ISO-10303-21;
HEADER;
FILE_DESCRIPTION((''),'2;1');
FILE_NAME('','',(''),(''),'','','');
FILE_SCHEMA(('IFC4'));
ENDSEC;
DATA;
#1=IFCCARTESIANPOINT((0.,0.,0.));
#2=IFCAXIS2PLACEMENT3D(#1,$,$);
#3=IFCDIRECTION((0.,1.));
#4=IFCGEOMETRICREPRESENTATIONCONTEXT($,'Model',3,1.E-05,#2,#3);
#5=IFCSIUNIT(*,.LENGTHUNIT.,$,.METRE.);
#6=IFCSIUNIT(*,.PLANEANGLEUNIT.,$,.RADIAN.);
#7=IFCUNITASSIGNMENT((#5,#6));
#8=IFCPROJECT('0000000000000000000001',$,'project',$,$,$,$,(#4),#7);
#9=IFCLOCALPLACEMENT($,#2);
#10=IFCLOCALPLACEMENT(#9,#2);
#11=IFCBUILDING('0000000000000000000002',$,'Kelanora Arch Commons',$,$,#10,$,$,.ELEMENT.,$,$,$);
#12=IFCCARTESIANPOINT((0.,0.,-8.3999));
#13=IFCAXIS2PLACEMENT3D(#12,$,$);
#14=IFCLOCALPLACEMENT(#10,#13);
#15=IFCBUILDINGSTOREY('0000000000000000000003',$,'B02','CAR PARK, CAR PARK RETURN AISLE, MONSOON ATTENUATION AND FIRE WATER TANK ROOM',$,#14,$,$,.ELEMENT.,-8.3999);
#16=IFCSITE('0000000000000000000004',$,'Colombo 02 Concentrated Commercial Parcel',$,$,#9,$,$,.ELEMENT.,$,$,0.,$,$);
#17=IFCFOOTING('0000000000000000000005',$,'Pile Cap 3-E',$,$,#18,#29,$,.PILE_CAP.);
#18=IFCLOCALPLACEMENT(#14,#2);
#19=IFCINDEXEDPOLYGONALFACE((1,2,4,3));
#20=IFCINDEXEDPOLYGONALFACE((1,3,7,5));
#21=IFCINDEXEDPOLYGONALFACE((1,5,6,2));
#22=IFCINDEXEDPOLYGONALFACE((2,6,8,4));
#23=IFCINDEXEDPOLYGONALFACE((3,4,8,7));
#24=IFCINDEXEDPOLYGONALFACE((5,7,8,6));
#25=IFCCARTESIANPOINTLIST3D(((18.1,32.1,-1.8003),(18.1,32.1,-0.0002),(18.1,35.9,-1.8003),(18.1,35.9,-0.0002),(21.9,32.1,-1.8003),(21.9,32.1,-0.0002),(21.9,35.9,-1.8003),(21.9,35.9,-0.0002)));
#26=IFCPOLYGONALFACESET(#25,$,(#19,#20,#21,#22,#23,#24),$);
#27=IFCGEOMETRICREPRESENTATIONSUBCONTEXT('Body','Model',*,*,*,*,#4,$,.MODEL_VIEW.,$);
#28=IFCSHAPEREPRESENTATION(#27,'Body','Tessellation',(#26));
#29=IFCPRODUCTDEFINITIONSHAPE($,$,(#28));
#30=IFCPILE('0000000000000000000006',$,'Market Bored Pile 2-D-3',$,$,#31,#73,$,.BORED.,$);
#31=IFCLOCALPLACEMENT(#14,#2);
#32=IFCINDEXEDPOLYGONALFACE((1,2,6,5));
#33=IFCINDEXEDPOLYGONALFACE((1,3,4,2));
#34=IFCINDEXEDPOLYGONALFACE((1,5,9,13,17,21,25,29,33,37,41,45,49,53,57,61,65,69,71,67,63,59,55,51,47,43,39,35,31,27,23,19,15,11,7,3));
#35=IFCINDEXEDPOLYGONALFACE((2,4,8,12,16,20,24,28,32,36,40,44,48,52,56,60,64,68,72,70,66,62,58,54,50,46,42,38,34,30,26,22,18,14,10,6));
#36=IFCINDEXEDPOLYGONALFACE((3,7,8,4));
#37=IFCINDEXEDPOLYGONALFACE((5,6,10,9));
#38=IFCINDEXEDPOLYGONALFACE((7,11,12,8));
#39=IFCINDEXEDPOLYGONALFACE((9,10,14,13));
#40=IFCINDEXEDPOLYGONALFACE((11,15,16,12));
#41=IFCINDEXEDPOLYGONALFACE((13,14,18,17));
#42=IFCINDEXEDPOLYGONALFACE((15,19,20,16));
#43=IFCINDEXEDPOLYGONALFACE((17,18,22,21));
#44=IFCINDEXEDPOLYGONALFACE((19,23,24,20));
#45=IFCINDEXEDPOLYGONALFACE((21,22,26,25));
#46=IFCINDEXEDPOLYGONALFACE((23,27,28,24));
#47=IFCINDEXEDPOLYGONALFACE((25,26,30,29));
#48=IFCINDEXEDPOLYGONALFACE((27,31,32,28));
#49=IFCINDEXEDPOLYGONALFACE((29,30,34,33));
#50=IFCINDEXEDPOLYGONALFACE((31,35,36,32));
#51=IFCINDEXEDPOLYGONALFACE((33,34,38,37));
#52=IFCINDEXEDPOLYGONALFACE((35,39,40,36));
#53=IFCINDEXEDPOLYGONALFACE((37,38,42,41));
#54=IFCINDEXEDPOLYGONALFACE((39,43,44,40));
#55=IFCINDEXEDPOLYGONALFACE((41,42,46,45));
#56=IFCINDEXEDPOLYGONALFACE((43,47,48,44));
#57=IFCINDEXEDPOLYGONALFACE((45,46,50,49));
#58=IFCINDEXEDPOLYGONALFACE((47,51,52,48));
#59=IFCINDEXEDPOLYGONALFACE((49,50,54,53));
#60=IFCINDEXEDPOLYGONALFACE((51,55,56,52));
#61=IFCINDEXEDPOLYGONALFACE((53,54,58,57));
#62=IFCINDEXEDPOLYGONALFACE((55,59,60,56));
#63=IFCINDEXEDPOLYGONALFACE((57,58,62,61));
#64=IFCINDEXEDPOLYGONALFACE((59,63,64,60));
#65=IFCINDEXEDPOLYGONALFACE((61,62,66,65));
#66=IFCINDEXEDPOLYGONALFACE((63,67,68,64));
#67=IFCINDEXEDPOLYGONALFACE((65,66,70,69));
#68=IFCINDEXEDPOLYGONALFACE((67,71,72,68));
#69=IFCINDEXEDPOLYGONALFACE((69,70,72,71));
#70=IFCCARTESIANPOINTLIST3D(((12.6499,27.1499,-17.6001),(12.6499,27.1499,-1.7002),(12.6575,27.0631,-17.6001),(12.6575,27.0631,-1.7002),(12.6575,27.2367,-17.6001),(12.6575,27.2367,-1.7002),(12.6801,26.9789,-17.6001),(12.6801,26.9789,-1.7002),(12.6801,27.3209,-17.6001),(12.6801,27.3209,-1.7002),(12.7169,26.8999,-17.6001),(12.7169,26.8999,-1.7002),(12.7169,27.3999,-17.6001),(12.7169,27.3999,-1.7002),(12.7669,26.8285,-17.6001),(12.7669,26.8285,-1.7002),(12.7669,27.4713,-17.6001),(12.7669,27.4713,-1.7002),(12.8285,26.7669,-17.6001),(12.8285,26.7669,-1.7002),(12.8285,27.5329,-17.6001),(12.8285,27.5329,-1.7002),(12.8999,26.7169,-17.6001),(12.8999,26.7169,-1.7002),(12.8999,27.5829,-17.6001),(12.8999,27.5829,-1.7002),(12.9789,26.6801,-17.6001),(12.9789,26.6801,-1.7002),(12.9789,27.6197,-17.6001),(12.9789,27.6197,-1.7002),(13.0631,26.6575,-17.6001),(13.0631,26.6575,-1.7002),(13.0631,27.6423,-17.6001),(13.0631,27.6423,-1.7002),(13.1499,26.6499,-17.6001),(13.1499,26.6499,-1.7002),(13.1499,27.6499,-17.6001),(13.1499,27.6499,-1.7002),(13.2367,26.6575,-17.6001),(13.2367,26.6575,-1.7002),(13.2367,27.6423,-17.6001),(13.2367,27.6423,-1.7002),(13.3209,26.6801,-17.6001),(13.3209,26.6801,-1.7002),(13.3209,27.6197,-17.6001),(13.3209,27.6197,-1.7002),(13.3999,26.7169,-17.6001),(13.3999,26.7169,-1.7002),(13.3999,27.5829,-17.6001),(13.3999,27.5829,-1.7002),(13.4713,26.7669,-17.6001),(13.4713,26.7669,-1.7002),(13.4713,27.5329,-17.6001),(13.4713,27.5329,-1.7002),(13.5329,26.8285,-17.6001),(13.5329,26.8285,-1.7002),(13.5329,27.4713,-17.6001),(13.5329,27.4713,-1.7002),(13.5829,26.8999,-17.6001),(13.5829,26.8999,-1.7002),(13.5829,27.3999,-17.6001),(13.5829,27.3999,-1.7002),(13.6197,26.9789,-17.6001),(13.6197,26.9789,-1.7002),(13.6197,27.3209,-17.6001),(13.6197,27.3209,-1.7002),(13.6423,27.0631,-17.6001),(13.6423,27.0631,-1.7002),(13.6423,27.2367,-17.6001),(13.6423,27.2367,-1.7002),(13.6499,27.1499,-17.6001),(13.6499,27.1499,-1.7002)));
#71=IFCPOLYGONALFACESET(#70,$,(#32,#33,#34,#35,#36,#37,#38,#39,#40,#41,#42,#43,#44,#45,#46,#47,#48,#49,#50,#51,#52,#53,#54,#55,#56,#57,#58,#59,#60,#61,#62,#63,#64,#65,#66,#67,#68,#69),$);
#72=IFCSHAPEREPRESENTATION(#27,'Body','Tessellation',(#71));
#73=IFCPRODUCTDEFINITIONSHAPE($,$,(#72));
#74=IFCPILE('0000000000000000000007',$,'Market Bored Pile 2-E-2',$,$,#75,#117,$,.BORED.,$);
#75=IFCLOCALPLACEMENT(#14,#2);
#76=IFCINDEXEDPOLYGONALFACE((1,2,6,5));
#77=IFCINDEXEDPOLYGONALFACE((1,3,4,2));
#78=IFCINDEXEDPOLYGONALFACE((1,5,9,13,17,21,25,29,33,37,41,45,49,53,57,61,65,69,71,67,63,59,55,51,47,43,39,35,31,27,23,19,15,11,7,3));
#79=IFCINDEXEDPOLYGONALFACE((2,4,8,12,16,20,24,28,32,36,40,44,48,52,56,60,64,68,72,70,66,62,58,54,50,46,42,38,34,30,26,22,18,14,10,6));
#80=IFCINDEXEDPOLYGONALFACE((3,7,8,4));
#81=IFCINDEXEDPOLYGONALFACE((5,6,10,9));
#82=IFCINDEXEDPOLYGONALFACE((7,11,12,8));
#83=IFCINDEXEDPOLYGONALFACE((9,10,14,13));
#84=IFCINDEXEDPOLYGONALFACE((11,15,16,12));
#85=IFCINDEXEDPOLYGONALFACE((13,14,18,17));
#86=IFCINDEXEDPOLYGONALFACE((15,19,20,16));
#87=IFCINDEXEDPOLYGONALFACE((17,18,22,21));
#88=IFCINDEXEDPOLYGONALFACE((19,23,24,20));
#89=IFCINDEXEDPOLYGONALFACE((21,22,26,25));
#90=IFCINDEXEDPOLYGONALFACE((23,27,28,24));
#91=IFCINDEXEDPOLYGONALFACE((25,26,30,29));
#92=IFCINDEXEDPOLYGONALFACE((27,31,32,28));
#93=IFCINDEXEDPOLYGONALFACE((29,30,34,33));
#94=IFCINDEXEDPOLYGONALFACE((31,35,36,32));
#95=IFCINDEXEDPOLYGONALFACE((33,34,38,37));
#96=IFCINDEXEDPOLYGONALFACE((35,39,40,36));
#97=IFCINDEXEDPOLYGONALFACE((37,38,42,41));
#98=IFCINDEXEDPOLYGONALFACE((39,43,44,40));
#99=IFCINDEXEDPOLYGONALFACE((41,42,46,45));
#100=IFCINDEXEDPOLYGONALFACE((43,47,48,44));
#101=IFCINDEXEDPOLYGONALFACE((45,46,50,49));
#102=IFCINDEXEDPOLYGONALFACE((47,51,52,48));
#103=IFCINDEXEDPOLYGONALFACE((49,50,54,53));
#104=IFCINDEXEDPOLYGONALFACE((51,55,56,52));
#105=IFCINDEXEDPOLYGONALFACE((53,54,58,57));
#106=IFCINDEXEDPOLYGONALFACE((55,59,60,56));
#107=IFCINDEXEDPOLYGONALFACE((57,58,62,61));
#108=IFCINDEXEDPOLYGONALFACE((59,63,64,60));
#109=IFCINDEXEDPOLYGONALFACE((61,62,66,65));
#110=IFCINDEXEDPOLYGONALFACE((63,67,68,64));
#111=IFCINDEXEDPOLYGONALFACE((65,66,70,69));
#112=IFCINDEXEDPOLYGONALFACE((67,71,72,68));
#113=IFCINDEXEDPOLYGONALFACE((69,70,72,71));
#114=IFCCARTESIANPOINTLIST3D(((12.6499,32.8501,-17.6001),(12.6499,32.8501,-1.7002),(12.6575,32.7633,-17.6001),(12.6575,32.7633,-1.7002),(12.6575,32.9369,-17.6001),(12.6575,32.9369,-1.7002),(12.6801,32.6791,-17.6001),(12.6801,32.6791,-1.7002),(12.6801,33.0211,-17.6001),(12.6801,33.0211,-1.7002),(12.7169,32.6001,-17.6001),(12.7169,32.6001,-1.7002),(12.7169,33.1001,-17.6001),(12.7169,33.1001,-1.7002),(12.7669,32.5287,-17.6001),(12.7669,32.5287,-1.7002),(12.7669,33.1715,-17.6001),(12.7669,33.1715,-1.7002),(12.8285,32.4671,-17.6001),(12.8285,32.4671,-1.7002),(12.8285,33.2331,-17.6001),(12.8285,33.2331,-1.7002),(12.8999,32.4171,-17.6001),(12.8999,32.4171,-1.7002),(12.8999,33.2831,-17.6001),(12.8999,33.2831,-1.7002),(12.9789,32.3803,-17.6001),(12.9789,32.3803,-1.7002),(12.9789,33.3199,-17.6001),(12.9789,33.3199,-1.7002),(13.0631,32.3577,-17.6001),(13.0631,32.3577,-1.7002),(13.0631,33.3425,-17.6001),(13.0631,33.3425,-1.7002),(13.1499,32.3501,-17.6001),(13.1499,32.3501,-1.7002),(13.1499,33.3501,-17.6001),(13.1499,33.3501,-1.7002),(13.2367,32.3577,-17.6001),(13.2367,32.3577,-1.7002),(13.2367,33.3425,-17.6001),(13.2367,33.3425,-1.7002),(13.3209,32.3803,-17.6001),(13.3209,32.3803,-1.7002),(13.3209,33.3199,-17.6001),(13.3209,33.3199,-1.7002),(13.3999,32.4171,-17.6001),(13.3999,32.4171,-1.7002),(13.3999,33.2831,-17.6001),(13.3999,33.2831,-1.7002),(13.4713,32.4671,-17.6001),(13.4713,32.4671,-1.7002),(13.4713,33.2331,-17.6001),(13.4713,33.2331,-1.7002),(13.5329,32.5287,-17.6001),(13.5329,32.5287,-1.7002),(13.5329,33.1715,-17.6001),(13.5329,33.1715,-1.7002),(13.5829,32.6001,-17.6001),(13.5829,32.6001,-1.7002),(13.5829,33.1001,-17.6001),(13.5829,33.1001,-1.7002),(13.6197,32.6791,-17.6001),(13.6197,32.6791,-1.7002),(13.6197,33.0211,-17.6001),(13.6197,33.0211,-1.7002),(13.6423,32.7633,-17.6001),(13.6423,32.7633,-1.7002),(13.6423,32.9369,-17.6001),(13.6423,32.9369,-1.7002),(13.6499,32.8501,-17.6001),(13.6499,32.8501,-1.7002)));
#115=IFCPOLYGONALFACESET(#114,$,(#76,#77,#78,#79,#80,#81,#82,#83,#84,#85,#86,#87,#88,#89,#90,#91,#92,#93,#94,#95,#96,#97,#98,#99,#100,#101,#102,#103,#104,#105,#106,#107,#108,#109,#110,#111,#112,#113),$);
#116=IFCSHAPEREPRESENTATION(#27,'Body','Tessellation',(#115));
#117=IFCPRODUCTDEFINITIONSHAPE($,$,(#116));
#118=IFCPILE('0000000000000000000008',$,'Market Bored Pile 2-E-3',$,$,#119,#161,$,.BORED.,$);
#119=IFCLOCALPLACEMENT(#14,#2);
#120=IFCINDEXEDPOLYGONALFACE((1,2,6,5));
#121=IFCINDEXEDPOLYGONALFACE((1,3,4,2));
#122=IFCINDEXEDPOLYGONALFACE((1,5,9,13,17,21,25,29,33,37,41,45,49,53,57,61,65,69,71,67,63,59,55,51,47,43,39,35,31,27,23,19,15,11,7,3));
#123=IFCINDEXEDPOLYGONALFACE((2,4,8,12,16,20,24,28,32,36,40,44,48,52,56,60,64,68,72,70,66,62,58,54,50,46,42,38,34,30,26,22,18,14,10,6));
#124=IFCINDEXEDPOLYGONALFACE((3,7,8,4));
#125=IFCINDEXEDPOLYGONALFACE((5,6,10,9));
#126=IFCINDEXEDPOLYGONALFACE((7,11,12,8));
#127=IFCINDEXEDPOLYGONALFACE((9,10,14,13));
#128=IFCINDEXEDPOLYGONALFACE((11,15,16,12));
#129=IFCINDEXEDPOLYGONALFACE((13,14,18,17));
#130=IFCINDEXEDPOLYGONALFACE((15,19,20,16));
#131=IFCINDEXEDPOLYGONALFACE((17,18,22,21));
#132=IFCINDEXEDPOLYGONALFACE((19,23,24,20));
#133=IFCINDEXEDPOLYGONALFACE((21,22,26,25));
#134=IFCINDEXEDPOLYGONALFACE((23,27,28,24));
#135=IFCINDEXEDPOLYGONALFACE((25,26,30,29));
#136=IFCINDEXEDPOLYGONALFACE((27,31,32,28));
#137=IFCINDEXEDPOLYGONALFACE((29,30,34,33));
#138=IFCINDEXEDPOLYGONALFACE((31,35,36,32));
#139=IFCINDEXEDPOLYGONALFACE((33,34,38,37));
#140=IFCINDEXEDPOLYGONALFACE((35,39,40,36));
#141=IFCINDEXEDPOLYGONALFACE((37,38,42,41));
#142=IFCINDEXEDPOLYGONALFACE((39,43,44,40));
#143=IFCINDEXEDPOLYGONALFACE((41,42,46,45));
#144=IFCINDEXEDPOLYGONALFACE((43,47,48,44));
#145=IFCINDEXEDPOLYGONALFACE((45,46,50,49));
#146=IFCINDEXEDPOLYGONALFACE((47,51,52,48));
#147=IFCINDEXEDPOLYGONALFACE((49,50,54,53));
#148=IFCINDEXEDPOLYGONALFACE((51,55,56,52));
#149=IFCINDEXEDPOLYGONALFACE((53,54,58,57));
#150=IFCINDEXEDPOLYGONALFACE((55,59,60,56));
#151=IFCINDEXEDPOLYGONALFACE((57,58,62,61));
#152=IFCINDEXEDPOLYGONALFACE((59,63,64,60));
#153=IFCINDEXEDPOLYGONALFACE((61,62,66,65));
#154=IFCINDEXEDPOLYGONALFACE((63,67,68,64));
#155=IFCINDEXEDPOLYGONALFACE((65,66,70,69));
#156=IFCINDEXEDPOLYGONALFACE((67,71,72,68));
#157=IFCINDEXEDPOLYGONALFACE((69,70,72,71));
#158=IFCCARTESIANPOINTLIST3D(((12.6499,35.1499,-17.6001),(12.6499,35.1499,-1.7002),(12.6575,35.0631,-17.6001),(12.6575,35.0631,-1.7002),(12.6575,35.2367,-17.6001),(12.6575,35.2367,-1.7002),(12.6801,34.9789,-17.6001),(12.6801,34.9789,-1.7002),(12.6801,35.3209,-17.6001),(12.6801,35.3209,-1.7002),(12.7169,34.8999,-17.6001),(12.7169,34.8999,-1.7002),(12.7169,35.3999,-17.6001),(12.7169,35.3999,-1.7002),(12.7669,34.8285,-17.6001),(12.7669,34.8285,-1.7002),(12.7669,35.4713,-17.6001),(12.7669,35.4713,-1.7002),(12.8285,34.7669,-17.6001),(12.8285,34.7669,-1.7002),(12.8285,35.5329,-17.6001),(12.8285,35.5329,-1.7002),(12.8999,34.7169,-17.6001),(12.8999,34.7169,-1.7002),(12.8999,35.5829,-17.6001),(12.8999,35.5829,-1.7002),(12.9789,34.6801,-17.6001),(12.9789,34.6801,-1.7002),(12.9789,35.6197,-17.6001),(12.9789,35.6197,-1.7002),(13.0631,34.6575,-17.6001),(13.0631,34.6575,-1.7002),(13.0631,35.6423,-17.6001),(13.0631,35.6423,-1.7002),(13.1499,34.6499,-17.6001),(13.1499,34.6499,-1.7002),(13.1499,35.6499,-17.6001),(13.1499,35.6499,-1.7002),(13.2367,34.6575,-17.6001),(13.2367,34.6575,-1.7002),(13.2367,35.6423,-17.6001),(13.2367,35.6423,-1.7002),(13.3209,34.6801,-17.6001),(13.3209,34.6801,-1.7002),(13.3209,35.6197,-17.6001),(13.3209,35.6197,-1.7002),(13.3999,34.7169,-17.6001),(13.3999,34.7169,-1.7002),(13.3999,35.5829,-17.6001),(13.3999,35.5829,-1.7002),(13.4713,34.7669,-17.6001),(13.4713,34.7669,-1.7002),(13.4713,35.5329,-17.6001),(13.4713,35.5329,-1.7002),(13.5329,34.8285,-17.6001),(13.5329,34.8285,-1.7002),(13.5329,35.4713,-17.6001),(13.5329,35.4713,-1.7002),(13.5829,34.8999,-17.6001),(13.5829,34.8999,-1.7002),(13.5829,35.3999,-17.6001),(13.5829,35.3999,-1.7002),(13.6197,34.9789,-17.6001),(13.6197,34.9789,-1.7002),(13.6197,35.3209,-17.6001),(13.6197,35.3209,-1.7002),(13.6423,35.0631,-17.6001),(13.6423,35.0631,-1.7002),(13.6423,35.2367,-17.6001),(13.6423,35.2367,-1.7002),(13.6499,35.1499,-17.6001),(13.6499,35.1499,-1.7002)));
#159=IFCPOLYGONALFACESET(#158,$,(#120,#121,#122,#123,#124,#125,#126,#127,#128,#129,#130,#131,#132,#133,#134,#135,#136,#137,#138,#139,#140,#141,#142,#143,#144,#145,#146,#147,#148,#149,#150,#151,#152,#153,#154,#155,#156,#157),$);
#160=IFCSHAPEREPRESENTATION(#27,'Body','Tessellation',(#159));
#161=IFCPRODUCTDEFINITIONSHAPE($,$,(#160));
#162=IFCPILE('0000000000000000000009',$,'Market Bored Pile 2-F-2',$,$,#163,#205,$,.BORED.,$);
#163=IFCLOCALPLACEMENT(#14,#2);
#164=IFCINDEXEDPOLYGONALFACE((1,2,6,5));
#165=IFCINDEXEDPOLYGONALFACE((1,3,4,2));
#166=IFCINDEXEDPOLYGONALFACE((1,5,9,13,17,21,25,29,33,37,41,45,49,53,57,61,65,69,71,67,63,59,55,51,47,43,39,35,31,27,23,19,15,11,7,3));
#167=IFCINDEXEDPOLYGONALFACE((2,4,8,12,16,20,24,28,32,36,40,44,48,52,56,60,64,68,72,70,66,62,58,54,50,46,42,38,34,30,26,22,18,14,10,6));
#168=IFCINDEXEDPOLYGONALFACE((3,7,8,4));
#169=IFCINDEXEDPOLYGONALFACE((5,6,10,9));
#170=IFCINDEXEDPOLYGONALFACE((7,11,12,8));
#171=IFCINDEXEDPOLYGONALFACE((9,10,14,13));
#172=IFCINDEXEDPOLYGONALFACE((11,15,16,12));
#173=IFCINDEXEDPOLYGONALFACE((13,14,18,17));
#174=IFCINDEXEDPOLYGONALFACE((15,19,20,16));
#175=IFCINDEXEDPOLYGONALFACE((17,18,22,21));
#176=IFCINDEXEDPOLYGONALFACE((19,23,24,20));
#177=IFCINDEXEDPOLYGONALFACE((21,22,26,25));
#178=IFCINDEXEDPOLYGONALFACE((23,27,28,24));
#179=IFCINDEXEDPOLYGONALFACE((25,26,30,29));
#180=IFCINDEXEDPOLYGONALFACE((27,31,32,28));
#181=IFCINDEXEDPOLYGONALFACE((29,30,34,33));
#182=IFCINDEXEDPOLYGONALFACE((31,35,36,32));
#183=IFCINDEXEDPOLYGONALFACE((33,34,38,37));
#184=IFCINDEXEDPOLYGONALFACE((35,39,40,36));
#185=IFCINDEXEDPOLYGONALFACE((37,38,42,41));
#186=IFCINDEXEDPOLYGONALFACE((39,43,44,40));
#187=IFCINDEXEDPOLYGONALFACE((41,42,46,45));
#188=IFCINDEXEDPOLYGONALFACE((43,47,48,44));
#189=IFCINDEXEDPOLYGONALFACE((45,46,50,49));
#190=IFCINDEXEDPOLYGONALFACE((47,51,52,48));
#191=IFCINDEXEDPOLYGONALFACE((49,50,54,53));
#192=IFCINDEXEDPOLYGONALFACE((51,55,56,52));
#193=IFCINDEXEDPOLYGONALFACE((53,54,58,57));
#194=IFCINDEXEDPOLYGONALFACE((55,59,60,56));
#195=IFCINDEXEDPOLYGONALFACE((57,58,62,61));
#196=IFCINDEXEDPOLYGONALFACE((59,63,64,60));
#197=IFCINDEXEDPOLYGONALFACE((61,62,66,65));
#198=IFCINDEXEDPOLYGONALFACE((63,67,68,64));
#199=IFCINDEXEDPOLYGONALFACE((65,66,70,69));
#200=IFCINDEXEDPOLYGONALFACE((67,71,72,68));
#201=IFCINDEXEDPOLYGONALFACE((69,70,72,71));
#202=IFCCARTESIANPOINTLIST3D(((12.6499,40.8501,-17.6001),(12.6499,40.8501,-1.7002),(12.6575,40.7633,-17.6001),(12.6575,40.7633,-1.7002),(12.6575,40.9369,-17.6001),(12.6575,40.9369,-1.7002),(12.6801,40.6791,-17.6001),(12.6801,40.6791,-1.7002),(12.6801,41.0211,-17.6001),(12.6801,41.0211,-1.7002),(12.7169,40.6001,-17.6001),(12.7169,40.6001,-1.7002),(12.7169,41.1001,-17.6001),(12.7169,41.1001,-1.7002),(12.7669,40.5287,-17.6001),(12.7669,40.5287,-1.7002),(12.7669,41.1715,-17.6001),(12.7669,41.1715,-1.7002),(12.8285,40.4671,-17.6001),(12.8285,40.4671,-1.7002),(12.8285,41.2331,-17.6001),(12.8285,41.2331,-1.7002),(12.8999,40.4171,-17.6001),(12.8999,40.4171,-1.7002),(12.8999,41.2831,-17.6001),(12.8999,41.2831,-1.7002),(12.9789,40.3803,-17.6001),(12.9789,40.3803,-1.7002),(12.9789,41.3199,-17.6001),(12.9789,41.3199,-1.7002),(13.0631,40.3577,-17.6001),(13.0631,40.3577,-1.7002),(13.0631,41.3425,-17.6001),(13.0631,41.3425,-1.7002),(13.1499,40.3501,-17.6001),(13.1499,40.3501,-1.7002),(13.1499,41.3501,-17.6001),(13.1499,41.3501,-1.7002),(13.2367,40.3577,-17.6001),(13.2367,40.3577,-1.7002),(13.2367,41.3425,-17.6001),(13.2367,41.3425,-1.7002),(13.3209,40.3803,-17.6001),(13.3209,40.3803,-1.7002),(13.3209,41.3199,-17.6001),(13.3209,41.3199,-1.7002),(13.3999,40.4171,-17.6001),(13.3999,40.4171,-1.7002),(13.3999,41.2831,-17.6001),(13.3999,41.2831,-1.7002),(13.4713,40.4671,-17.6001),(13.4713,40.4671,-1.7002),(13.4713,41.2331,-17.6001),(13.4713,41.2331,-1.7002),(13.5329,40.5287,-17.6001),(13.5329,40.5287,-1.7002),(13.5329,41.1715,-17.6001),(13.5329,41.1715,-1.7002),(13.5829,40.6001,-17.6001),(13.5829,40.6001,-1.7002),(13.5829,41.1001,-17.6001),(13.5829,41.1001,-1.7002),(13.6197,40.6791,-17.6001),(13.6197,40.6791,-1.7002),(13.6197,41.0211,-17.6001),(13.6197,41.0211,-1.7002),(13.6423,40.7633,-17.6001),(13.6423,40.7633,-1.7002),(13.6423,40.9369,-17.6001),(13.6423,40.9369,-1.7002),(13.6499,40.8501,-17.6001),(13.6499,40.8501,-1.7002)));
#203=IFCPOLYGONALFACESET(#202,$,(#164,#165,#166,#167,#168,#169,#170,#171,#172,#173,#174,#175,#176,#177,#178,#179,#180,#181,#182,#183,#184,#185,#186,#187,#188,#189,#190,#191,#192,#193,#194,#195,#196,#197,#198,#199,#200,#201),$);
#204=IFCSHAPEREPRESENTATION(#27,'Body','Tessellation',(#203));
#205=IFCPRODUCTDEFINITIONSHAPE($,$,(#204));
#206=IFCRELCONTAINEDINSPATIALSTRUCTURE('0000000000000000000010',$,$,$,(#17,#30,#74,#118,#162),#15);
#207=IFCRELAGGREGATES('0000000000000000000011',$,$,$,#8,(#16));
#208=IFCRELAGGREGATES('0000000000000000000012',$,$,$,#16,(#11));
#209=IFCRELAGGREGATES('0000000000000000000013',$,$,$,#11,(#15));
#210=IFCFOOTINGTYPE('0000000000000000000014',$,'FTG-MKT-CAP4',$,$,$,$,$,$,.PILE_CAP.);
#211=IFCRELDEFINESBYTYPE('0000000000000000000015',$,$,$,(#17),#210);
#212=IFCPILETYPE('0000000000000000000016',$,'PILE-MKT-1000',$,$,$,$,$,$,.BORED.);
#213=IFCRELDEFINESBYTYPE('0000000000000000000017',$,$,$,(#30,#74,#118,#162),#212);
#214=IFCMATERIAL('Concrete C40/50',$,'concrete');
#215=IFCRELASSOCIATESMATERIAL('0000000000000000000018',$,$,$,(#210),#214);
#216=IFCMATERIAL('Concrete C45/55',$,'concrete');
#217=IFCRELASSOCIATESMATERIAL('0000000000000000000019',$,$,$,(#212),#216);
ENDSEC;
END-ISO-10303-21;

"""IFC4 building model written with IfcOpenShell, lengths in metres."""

from ifc_helpers import new_model, si_unit, direction, frame, origin, origin_2d, place, context, subcontext, project, spatial, rectangle, circle, extrude, source, transform, mapped, material, material_profile, profile_set, type_object, element, save


model = new_model("IFC4")

# Units and contexts
model_context = context("Model", 3, precision=1e-05, world=origin(), true_north=direction((0.0, 1.0)))
body_context = subcontext(model_context, "Body", "Model", "MODEL_VIEW")
ifc_project = project(units=[si_unit("LENGTHUNIT", "METRE"), si_unit("PLANEANGLEUNIT", "RADIAN")], contexts=[model_context])

# Site, building, storey
site_placement = place(None, origin())
site = spatial("IfcSite", under=ifc_project, at=site_placement, Name="Colombo 02 Concentrated Commercial Parcel", CompositionType="ELEMENT", RefElevation=0.0)
building_placement = place(site_placement, origin())
building = spatial("IfcBuilding", under=site, at=building_placement, Name="Kelanora Arch Commons", CompositionType="ELEMENT")
storey_placement = place(building_placement, frame((0.0, 0.0, -8.3999)))
storey = spatial("IfcBuildingStorey", under=building, at=storey_placement, Name="B02", Description="CAR PARK, CAR PARK RETURN AISLE, MONSOON ATTENUATION AND FIRE WATER TANK ROOM", CompositionType="ELEMENT", Elevation=-8.3999)

# Footing
ifc_material_1 = material(Name="Concrete C40/50", Category="concrete")
footing_type_1 = type_object("IfcFootingType", Name="FTG-MKT-CAP4", PredefinedType="PILE_CAP", material=ifc_material_1)
shared_shape_1 = source(origin(), body_context, "Body", "SweptSolid", [
    extrude(rectangle(XDim=3.8, YDim=3.8, at=origin_2d()), origin(), (0.0, 0.0, 1.0), 1.8),
])
footing_placement = place(storey_placement, frame((20.0, 34.0, -1.8003), z_axis=(0.0, 0.0, 1.0), x_axis=(1.0, 0.0, 0.0)))
element("IfcFooting", 1, at=footing_placement, inside=storey, type_object=footing_type_1, Name="Pile Cap 3-E", PredefinedType="PILE_CAP", context=body_context, shape_type="MappedRepresentation", body=[
    mapped(shared_shape_1, transform((0.0, 0.0, 0.0), scale=1.0)),
])

# Piles
ifc_material_2 = material(Name="Concrete C45/55", Category="concrete")
ifc_material_profile_1 = material_profile(ifc_material_2, circle(Radius=0.5, at=origin_2d()), Name="PILE1000")
ifc_profile_set_1 = profile_set([ifc_material_profile_1], Name="Concrete C45/55")
pile_type = type_object("IfcPileType", Name="PILE-MKT-1000", PredefinedType="BORED", material=ifc_profile_set_1)
shared_shape_2 = source(origin(), body_context, "Body", "SweptSolid", [
    extrude(circle(Radius=0.5, at=origin_2d()), origin(), (0.0, 0.0, 1.0), 15.8999),
])
for number, where, z_axis, x_axis, name in (
    (2, (13.1499, 27.1499, -1.7002), (0.0, 0.0, -1.0), (1.0, 0.0, 0.0), "Market Bored Pile 2-D-3"),
    (3, (13.1499, 32.8501, -1.7002), (0.0, 0.0, -1.0), (1.0, 0.0, 0.0), "Market Bored Pile 2-E-2"),
    (4, (13.1499, 35.1499, -1.7002), (0.0, 0.0, -1.0), (1.0, 0.0, 0.0), "Market Bored Pile 2-E-3"),
    (5, (13.1499, 40.8501, -1.7002), (0.0, 0.0, -1.0), (1.0, 0.0, 0.0), "Market Bored Pile 2-F-2"),
):
    element("IfcPile", number, at=place(storey_placement, frame(where, z_axis=z_axis, x_axis=x_axis)), inside=storey, type_object=pile_type, Name=name, PredefinedType="BORED", context=body_context, shape_type="MappedRepresentation", body=[
        mapped(shared_shape_2, transform((0.0, 0.0, 0.0), scale=1.0)),
    ])

save(model, "model.ifc")
